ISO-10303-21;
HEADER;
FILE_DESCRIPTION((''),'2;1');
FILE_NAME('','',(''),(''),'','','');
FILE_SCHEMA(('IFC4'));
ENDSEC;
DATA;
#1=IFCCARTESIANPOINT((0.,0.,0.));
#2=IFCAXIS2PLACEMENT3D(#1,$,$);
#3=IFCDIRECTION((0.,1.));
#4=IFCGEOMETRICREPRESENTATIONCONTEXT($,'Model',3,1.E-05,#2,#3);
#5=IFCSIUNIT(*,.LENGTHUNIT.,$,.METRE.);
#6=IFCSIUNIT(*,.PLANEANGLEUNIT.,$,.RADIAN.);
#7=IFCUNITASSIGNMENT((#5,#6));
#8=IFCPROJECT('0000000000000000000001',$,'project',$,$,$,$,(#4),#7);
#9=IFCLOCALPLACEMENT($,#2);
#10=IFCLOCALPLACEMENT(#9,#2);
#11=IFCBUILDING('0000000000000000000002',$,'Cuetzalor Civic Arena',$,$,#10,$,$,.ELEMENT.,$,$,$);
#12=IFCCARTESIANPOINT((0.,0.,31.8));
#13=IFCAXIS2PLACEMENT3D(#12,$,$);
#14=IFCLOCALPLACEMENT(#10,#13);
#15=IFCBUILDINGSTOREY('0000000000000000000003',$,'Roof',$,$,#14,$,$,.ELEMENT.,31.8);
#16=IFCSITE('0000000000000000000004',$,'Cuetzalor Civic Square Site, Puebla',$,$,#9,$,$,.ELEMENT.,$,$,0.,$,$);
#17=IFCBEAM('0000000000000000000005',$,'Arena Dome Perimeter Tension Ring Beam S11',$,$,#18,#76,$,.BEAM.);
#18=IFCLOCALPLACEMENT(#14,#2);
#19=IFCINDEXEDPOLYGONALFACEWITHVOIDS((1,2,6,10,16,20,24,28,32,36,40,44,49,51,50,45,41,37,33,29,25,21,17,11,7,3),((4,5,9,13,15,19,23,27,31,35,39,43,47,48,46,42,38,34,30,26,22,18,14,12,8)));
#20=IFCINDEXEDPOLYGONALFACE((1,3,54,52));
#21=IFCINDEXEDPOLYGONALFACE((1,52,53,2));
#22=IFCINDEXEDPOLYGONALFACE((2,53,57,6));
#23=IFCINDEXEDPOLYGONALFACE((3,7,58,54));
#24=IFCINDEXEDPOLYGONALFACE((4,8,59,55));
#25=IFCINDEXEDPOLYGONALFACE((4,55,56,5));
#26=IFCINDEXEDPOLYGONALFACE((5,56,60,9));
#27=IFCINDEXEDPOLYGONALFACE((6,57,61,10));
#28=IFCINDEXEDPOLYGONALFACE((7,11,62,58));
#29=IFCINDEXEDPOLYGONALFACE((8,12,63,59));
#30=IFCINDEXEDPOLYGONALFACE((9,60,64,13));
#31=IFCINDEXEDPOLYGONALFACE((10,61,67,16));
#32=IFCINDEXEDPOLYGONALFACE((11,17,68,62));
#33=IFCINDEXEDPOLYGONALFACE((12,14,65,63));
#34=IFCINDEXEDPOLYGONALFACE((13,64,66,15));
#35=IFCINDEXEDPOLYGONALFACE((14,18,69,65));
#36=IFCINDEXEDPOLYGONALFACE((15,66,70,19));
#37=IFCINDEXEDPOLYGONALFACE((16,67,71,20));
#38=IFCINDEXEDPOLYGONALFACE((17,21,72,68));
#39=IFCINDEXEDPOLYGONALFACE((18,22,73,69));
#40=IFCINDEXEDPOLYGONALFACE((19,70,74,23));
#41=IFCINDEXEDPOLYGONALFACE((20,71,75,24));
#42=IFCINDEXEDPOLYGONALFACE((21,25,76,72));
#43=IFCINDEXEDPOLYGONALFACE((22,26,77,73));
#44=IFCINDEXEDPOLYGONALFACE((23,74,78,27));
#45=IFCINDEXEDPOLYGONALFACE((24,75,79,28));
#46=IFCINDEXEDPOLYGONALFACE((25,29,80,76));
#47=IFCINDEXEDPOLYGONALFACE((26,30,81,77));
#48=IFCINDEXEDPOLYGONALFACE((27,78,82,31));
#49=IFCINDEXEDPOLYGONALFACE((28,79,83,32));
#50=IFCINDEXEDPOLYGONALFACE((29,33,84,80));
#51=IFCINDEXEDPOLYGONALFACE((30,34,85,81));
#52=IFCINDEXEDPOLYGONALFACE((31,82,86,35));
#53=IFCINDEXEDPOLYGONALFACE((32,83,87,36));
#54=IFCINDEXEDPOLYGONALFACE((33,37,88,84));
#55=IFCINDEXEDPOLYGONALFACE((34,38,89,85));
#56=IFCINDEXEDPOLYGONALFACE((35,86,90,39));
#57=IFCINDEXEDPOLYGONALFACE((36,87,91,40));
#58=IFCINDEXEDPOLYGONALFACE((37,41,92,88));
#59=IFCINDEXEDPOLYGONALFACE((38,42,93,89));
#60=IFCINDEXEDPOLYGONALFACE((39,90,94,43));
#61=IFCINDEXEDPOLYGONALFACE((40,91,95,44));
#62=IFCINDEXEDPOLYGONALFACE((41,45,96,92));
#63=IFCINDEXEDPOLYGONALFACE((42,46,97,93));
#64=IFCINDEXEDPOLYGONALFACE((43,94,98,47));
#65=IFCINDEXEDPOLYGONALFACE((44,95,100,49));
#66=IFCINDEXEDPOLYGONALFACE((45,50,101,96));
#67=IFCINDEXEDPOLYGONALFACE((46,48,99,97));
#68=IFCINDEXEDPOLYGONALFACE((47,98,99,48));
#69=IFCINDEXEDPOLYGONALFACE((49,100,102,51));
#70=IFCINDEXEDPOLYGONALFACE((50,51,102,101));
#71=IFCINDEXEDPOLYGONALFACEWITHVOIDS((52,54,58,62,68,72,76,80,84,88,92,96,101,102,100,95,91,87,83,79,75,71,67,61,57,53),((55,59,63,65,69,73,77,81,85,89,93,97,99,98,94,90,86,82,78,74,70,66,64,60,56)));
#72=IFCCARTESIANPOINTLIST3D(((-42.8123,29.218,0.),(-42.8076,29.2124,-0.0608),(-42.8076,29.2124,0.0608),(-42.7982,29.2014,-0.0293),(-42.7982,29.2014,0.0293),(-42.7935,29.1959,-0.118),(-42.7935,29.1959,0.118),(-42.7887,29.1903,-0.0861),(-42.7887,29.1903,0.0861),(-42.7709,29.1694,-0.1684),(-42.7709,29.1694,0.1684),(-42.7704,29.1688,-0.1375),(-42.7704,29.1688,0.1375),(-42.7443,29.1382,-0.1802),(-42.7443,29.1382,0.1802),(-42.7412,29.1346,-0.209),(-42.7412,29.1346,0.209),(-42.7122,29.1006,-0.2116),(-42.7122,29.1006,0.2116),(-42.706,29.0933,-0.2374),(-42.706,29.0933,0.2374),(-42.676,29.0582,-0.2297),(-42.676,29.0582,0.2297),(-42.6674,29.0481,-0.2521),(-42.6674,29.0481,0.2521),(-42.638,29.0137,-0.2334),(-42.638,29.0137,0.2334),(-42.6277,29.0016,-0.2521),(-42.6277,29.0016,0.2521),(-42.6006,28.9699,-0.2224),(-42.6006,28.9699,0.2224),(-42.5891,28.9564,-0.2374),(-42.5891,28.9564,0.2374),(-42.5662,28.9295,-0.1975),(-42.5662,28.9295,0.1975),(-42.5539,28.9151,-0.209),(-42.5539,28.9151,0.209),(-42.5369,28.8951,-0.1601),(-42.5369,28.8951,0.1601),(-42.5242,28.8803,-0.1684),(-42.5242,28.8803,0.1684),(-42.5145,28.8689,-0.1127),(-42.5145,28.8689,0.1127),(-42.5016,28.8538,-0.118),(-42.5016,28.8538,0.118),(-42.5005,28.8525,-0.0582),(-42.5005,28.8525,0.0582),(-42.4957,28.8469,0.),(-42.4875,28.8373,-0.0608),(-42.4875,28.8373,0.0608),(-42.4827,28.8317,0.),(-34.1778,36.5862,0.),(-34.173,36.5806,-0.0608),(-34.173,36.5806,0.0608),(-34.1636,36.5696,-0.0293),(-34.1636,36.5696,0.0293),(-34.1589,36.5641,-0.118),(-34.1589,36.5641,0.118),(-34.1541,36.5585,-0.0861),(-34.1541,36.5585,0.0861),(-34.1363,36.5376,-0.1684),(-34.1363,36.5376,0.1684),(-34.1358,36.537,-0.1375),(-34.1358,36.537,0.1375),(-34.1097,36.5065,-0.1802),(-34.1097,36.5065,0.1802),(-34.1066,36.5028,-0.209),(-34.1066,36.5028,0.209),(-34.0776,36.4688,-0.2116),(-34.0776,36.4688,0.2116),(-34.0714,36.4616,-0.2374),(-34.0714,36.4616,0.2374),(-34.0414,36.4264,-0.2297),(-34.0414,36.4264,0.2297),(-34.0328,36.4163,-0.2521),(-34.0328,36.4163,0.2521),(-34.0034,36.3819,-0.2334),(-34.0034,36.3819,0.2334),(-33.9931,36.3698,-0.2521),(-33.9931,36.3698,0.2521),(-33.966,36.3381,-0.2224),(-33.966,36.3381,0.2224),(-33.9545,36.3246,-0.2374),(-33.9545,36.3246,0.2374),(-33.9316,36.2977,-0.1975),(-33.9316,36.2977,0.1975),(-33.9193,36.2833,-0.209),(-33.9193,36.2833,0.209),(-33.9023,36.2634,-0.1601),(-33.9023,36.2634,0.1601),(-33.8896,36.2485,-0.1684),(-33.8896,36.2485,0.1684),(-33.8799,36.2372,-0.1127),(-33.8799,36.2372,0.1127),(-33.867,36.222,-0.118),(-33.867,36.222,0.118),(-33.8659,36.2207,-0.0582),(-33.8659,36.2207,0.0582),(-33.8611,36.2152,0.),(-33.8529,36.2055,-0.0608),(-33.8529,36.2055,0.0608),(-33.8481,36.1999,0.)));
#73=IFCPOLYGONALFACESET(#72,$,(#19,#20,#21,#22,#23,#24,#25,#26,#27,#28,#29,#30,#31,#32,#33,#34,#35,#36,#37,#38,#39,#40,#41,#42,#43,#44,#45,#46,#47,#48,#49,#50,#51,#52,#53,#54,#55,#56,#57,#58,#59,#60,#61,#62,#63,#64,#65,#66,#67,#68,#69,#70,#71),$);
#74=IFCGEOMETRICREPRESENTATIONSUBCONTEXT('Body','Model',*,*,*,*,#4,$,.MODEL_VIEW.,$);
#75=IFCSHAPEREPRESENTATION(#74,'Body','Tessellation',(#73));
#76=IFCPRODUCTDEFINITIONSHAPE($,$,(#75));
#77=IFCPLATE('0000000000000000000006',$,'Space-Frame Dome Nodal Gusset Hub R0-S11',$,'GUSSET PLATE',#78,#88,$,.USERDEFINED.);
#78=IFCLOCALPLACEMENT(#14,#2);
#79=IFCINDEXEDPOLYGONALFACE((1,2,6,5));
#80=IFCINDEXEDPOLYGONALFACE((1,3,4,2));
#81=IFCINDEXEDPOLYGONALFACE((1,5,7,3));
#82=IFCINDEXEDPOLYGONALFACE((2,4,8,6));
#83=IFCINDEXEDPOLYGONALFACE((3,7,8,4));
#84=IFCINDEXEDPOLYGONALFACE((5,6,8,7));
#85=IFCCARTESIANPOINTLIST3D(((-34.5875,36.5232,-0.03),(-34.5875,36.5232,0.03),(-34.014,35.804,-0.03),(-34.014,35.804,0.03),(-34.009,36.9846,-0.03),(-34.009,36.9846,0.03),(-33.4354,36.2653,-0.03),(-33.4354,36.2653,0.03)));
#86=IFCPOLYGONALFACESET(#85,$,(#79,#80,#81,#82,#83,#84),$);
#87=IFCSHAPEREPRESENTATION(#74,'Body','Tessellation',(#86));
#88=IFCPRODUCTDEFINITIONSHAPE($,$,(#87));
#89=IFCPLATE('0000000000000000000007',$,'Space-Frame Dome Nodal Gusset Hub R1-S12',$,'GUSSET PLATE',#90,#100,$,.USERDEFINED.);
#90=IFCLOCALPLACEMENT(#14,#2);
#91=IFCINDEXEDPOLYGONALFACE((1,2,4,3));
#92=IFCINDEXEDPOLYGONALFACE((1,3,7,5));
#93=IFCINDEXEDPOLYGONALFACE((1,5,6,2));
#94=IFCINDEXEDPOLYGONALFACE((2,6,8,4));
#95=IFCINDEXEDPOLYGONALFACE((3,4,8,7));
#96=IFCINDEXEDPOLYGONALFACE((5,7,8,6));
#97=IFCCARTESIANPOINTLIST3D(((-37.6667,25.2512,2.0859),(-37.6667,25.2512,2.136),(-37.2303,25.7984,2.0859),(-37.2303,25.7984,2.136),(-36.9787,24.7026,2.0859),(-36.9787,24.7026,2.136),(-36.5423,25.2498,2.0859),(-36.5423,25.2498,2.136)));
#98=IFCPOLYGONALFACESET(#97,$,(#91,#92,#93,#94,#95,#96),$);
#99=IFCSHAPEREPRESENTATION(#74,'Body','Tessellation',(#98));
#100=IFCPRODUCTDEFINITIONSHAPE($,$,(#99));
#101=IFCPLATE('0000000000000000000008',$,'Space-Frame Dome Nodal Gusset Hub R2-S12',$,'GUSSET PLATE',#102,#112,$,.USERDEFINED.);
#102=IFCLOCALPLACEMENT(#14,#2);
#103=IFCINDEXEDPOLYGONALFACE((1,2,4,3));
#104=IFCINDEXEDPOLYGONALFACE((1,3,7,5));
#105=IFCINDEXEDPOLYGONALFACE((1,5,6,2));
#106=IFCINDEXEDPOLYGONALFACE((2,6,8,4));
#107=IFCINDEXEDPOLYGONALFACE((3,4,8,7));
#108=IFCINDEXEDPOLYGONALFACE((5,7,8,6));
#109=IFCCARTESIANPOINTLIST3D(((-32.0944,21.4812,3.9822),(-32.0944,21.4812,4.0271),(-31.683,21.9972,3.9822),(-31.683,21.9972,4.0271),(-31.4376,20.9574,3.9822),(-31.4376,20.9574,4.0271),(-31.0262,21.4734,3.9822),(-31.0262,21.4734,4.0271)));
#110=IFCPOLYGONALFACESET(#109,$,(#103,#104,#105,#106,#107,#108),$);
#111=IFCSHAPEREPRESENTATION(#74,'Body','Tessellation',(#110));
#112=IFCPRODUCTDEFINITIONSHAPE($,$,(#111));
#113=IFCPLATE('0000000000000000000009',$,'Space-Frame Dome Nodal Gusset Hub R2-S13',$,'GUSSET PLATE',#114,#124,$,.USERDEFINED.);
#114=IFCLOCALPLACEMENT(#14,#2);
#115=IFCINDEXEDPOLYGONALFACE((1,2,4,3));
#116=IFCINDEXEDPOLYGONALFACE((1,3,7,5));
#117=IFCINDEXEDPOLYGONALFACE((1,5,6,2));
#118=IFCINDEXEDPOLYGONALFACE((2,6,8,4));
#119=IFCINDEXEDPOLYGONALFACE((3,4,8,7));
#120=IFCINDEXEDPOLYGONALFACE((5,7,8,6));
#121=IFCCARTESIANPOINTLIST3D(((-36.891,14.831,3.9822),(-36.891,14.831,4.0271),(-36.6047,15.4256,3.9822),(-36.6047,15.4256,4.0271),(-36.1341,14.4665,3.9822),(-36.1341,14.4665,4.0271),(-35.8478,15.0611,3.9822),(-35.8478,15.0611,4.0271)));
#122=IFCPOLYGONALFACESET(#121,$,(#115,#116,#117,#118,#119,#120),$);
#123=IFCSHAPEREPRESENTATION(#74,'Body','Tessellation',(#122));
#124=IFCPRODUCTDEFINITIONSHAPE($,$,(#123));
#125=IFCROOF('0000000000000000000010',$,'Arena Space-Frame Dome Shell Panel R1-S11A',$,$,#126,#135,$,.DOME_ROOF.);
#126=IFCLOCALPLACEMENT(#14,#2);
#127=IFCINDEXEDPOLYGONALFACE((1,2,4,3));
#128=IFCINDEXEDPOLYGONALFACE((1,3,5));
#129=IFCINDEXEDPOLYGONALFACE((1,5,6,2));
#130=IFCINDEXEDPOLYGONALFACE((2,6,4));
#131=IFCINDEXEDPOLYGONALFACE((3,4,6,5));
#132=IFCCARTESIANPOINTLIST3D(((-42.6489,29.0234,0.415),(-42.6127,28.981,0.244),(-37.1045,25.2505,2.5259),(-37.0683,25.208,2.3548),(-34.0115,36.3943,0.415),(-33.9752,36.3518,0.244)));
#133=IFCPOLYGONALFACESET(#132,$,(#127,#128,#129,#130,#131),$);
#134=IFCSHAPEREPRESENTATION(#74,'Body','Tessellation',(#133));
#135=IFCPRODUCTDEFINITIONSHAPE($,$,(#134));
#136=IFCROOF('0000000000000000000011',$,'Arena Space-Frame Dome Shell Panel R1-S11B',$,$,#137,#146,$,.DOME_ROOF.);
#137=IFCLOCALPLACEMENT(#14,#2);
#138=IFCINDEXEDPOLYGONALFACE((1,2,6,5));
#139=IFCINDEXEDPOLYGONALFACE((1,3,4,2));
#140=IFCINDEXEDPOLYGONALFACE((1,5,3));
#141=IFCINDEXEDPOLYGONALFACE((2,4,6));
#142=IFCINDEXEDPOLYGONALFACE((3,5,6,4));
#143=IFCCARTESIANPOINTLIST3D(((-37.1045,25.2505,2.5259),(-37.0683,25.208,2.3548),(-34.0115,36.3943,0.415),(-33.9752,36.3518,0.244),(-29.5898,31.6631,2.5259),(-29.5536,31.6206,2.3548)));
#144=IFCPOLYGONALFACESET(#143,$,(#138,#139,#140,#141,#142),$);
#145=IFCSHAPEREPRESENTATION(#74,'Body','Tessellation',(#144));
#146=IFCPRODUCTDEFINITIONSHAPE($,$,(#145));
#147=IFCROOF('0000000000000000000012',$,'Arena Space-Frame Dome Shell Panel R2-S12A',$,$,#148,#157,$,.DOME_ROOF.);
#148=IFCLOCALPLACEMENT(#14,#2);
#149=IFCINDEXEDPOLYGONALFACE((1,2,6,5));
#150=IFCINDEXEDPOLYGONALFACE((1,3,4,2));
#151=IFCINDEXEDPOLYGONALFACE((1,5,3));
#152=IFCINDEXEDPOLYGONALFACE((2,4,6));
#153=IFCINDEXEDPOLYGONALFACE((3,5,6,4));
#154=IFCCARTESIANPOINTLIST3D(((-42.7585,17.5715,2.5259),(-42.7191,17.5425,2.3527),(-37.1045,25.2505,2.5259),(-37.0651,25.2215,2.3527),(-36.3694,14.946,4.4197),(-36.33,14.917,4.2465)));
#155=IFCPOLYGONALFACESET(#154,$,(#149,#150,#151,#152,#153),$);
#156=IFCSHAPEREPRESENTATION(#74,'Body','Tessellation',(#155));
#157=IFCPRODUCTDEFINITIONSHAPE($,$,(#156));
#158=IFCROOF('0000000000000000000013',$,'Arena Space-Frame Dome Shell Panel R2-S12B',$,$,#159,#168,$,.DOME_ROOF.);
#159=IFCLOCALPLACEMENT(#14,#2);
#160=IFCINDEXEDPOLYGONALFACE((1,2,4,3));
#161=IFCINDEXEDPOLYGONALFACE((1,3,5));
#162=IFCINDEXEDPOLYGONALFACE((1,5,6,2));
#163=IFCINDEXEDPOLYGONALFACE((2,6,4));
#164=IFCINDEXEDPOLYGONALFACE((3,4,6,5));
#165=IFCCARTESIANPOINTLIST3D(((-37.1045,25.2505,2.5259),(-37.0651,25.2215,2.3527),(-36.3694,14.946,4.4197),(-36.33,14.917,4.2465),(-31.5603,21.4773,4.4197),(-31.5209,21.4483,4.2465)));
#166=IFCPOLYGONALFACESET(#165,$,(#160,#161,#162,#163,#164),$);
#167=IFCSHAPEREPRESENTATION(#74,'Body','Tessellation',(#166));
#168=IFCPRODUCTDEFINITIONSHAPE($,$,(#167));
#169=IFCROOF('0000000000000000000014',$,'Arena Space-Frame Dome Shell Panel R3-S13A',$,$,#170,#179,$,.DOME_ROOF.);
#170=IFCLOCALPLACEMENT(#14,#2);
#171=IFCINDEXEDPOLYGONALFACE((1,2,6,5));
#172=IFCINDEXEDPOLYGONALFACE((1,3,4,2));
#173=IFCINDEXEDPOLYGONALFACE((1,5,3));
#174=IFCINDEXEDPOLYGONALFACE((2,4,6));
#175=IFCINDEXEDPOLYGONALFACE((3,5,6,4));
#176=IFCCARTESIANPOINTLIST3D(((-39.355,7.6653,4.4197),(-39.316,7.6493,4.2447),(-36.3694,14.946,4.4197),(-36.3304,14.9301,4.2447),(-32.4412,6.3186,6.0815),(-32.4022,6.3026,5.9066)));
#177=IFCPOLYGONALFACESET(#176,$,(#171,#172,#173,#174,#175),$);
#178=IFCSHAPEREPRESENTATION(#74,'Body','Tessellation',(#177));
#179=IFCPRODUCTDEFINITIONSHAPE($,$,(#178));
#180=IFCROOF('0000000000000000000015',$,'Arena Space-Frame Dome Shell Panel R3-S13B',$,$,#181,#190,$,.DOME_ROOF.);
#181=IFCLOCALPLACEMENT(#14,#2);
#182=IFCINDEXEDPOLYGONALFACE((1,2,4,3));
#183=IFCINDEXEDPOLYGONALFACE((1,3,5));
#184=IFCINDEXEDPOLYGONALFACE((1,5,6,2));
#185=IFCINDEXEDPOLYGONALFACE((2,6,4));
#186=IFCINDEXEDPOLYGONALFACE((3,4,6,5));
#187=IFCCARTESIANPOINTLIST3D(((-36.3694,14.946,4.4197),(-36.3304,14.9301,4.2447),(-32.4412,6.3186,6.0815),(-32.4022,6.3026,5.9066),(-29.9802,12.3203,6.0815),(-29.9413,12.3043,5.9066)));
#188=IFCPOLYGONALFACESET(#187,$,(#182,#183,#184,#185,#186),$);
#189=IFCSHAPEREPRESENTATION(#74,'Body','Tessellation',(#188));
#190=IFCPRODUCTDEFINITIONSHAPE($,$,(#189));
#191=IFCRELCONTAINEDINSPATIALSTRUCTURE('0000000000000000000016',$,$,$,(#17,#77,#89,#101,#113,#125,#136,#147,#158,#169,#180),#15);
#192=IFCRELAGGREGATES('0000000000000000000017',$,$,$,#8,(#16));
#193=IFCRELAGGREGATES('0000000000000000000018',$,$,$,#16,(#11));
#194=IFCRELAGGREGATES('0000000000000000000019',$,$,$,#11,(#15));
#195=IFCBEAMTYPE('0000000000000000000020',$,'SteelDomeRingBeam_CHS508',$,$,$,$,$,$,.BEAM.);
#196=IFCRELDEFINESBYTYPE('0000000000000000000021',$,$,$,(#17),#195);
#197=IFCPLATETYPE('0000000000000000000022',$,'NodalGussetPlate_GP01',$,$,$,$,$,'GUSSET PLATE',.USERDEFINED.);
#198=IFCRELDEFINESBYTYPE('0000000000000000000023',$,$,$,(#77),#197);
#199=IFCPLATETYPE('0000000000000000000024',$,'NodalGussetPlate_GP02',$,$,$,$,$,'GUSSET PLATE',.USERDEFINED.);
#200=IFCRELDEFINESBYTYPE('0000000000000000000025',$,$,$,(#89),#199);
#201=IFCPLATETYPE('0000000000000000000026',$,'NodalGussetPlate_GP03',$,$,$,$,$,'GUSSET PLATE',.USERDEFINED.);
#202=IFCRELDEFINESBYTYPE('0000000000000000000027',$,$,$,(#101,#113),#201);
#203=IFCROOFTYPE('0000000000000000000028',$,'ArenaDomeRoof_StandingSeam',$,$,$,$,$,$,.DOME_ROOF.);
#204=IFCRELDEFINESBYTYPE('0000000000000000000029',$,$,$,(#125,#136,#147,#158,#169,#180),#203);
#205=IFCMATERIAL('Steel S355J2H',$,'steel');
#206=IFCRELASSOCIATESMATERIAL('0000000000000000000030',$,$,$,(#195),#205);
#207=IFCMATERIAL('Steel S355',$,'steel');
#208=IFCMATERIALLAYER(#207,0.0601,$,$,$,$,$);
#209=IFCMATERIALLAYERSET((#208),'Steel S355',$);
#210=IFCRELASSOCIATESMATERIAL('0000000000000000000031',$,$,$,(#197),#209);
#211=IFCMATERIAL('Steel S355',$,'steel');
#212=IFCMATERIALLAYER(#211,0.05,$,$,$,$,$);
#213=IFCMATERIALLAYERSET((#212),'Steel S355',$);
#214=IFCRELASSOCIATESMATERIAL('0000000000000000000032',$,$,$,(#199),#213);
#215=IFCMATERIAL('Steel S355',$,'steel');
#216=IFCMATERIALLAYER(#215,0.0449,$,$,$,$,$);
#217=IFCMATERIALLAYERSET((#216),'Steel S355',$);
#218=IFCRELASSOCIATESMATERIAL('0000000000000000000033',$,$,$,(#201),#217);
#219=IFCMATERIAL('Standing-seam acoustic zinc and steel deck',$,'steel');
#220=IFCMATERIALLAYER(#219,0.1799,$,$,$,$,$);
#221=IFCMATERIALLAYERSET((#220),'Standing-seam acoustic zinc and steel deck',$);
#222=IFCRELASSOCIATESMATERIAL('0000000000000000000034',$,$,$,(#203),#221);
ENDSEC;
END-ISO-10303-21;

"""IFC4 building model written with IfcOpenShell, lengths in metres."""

from ifc_helpers import new_model, si_unit, direction, frame, origin, origin_2d, place, context, subcontext, project, spatial, polyline, rectangle, hollow_circle, outline, extrude, material, layer, layer_set, material_profile, profile_set, type_object, element, save


model = new_model("IFC4")

# Units and contexts
model_context = context("Model", 3, precision=1e-05, world=origin(), true_north=direction((0.0, 1.0)))
body_context = subcontext(model_context, "Body", "Model", "MODEL_VIEW")
ifc_project = project(units=[si_unit("LENGTHUNIT", "METRE"), si_unit("PLANEANGLEUNIT", "RADIAN")], contexts=[model_context])

# Site, building, storey
site_placement = place(None, origin())
site = spatial("IfcSite", under=ifc_project, at=site_placement, Name="Cuetzalor Civic Square Site, Puebla", CompositionType="ELEMENT", RefElevation=0.0)
building_placement = place(site_placement, origin())
building = spatial("IfcBuilding", under=site, at=building_placement, Name="Cuetzalor Civic Arena", CompositionType="ELEMENT")
storey_placement = place(building_placement, frame((0.0, 0.0, 31.8)))
storey = spatial("IfcBuildingStorey", under=building, at=storey_placement, Name="Roof", CompositionType="ELEMENT", Elevation=31.8)

# Beam
ifc_material_1 = material(Name="Steel S355J2H", Category="steel")
ifc_material_profile_1 = material_profile(ifc_material_1, hollow_circle(Radius=0.2539, WallThickness=0.02, at=origin_2d()), Name="CHS 508x20")
ifc_profile_set_1 = profile_set([ifc_material_profile_1], Name="Steel S355J2H")
beam_type = type_object("IfcBeamType", Name="SteelDomeRingBeam_CHS508", PredefinedType="BEAM", material=ifc_profile_set_1)
beam_placement = place(storey_placement, frame((-34.0129, 36.3931, 0.0), z_axis=(-0.760685, -0.649121, 0.0), x_axis=(0.649121, -0.760685, 0.0)))
element("IfcBeam", 1, at=beam_placement, inside=storey, type_object=beam_type, Name="Arena Dome Perimeter Tension Ring Beam S11", PredefinedType="BEAM", context=body_context, shape_type="SweptSolid", body=[
    extrude(hollow_circle(Radius=0.2539, WallThickness=0.02, at=origin_2d()), origin(), (0.0, 0.0, 1.0), 11.3511),
])

# Plates
ifc_material_2 = material(Name="Steel S355", Category="steel")
ifc_layer_1 = layer(ifc_material_2, 0.0601)
ifc_layer_set_1 = layer_set([ifc_layer_1], Name="Steel S355")
plate_type_1 = type_object("IfcPlateType", Name="NodalGussetPlate_GP01", ElementType="GUSSET PLATE", PredefinedType="USERDEFINED", material=ifc_layer_set_1)
plate_1_placement = place(storey_placement, frame((-34.0115, 36.3943, -0.03), z_axis=(0.0, 0.0, 1.0), x_axis=(-0.62347, 0.781847, 0.0)))
element("IfcPlate", 2, at=plate_1_placement, inside=storey, type_object=plate_type_1, Name="Space-Frame Dome Nodal Gusset Hub R0-S11", ObjectType="GUSSET PLATE", PredefinedType="USERDEFINED", context=body_context, shape_type="SweptSolid", body=[
    extrude(rectangle(XDim=0.9199, YDim=0.74, at=origin_2d()), origin(), (0.0, 0.0, 1.0), 0.0601),
])
ifc_material_3 = material(Name="Steel S355", Category="steel")
ifc_layer_2 = layer(ifc_material_3, 0.05)
ifc_layer_set_2 = layer_set([ifc_layer_2], Name="Steel S355")
plate_type_2 = type_object("IfcPlateType", Name="NodalGussetPlate_GP02", ElementType="GUSSET PLATE", PredefinedType="USERDEFINED", material=ifc_layer_set_2)
plate_2_placement = place(storey_placement, frame((-37.1045, 25.2505, 2.0859), z_axis=(0.0, 0.0, 1.0), x_axis=(-0.781847, 0.62347, 0.0)))
element("IfcPlate", 3, at=plate_2_placement, inside=storey, type_object=plate_type_2, Name="Space-Frame Dome Nodal Gusset Hub R1-S12", ObjectType="GUSSET PLATE", PredefinedType="USERDEFINED", context=body_context, shape_type="SweptSolid", body=[
    extrude(rectangle(XDim=0.8799, YDim=0.7, at=origin_2d()), origin(), (0.0, 0.0, 1.0), 0.05),
])
ifc_material_4 = material(Name="Steel S355", Category="steel")
ifc_layer_3 = layer(ifc_material_4, 0.0449)
ifc_layer_set_3 = layer_set([ifc_layer_3], Name="Steel S355")
plate_type_3 = type_object("IfcPlateType", Name="NodalGussetPlate_GP03", ElementType="GUSSET PLATE", PredefinedType="USERDEFINED", material=ifc_layer_set_3)
for number, where, z_axis, x_axis, name in (
    (4, (-31.5603, 21.4773, 3.9822), (0.0, 0.0, 1.0), (-0.781847, 0.62347, 0.0), "Space-Frame Dome Nodal Gusset Hub R2-S12"),
    (5, (-36.3694, 14.946, 3.9822), (0.0, 0.0, 1.0), (-0.901001, 0.433816, 0.0), "Space-Frame Dome Nodal Gusset Hub R2-S13"),
):
    element("IfcPlate", number, at=place(storey_placement, frame(where, z_axis=z_axis, x_axis=x_axis)), inside=storey, type_object=plate_type_3, Name=name, ObjectType="GUSSET PLATE", PredefinedType="USERDEFINED", context=body_context, shape_type="SweptSolid", body=[
        extrude(rectangle(XDim=0.8401, YDim=0.6599, at=origin_2d()), origin(), (0.0, 0.0, 1.0), 0.0449),
    ])

# Roofs
ifc_material_5 = material(Name="Standing-seam acoustic zinc and steel deck", Category="steel")
ifc_layer_4 = layer(ifc_material_5, 0.1799)
ifc_layer_set_4 = layer_set([ifc_layer_4], Name="Standing-seam acoustic zinc and steel deck")
roof_type = type_object("IfcRoofType", Name="ArenaDomeRoof_StandingSeam", PredefinedType="DOME_ROOF", material=ifc_layer_set_4)
roof_1_placement = place(storey_placement, frame((-34.0115, 36.3943, 0.415), z_axis=(-0.201362, 0.235963, 0.950671), x_axis=(-0.760677, -0.649131, 0.0)))
element("IfcRoof", 6, at=roof_1_placement, inside=storey, type_object=roof_type, Name="Arena Space-Frame Dome Shell Panel R1-S11A", PredefinedType="DOME_ROOF", context=body_context, shape_type="SweptSolid", body=[
    extrude(outline(polyline([(0.0, 0.0), (11.355, 0.0), (9.5866, 6.8047), (0.0, 0.0)])), origin(), (0.0, 0.0, -1.0), 0.1799),
])
roof_2_placement = place(storey_placement, frame((-34.0115, 36.3943, 0.415), z_axis=(-0.201358, 0.235963, 0.950672), x_axis=(-0.263098, -0.947914, 0.179552)))
element("IfcRoof", 7, at=roof_2_placement, inside=storey, type_object=roof_type, Name="Arena Space-Frame Dome Shell Panel R1-S11B", PredefinedType="DOME_ROOF", context=body_context, shape_type="SweptSolid", body=[
    extrude(outline(polyline([(0.0, 0.0), (11.7561, 0.0), (3.7005, 5.7182), (0.0, 0.0)])), origin(), (0.0, 0.0, -1.0), 0.1799),
])
roof_3_placement = place(storey_placement, frame((-37.1045, 25.2505, 2.5259), z_axis=(-0.218981, 0.161237, 0.962315), x_axis=(-0.592919, -0.805262, 0.0)))
element("IfcRoof", 8, at=roof_3_placement, inside=storey, type_object=roof_type, Name="Arena Space-Frame Dome Shell Panel R2-S12A", PredefinedType="DOME_ROOF", context=body_context, shape_type="SweptSolid", body=[
    extrude(outline(polyline([(0.0, 0.0), (9.536, 0.0), (7.8619, 6.9641), (0.0, 0.0)])), origin(), (0.0, 0.0, -1.0), 0.1799),
])
roof_4_placement = place(storey_placement, frame((-37.1045, 25.2505, 2.5259), z_axis=(-0.218978, 0.161237, 0.962316), x_axis=(0.069992, -0.981116, 0.180314)))
element("IfcRoof", 9, at=roof_4_placement, inside=storey, type_object=roof_type, Name="Arena Space-Frame Dome Shell Panel R2-S12B", PredefinedType="DOME_ROOF", context=body_context, shape_type="SweptSolid", body=[
    extrude(outline(polyline([(0.0, 0.0), (10.5028, 0.0), (4.4315, 5.3781), (0.0, 0.0)])), origin(), (0.0, 0.0, -1.0), 0.1799),
])
roof_5_placement = place(storey_placement, frame((-36.3694, 14.946, 4.4197), z_axis=(-0.216415, 0.088745, 0.97226), x_axis=(-0.379406, -0.92523, 0.0)))
element("IfcRoof", 10, at=roof_5_placement, inside=storey, type_object=roof_type, Name="Arena Space-Frame Dome Shell Panel R3-S13A", PredefinedType="DOME_ROOF", context=body_context, shape_type="SweptSolid", body=[
    extrude(outline(polyline([(0.0, 0.0), (7.8691, 0.0), (6.492, 7.1049), (0.0, 0.0)])), origin(), (0.0, 0.0, -1.0), 0.1799),
])
roof_6_placement = place(storey_placement, frame((-36.3694, 14.946, 4.4197), z_axis=(-0.216422, 0.088741, 0.972259), x_axis=(0.40816, -0.896431, 0.172675)))
element("IfcRoof", 11, at=roof_6_placement, inside=storey, type_object=roof_type, Name="Arena Space-Frame Dome Shell Panel R3-S13B", PredefinedType="DOME_ROOF", context=body_context, shape_type="SweptSolid", body=[
    extrude(outline(polyline([(0.0, 0.0), (9.6242, 0.0), (5.2486, 4.7886), (0.0, 0.0)])), origin(), (0.0, 0.0, -1.0), 0.1799),
])

save(model, "model.ifc")
